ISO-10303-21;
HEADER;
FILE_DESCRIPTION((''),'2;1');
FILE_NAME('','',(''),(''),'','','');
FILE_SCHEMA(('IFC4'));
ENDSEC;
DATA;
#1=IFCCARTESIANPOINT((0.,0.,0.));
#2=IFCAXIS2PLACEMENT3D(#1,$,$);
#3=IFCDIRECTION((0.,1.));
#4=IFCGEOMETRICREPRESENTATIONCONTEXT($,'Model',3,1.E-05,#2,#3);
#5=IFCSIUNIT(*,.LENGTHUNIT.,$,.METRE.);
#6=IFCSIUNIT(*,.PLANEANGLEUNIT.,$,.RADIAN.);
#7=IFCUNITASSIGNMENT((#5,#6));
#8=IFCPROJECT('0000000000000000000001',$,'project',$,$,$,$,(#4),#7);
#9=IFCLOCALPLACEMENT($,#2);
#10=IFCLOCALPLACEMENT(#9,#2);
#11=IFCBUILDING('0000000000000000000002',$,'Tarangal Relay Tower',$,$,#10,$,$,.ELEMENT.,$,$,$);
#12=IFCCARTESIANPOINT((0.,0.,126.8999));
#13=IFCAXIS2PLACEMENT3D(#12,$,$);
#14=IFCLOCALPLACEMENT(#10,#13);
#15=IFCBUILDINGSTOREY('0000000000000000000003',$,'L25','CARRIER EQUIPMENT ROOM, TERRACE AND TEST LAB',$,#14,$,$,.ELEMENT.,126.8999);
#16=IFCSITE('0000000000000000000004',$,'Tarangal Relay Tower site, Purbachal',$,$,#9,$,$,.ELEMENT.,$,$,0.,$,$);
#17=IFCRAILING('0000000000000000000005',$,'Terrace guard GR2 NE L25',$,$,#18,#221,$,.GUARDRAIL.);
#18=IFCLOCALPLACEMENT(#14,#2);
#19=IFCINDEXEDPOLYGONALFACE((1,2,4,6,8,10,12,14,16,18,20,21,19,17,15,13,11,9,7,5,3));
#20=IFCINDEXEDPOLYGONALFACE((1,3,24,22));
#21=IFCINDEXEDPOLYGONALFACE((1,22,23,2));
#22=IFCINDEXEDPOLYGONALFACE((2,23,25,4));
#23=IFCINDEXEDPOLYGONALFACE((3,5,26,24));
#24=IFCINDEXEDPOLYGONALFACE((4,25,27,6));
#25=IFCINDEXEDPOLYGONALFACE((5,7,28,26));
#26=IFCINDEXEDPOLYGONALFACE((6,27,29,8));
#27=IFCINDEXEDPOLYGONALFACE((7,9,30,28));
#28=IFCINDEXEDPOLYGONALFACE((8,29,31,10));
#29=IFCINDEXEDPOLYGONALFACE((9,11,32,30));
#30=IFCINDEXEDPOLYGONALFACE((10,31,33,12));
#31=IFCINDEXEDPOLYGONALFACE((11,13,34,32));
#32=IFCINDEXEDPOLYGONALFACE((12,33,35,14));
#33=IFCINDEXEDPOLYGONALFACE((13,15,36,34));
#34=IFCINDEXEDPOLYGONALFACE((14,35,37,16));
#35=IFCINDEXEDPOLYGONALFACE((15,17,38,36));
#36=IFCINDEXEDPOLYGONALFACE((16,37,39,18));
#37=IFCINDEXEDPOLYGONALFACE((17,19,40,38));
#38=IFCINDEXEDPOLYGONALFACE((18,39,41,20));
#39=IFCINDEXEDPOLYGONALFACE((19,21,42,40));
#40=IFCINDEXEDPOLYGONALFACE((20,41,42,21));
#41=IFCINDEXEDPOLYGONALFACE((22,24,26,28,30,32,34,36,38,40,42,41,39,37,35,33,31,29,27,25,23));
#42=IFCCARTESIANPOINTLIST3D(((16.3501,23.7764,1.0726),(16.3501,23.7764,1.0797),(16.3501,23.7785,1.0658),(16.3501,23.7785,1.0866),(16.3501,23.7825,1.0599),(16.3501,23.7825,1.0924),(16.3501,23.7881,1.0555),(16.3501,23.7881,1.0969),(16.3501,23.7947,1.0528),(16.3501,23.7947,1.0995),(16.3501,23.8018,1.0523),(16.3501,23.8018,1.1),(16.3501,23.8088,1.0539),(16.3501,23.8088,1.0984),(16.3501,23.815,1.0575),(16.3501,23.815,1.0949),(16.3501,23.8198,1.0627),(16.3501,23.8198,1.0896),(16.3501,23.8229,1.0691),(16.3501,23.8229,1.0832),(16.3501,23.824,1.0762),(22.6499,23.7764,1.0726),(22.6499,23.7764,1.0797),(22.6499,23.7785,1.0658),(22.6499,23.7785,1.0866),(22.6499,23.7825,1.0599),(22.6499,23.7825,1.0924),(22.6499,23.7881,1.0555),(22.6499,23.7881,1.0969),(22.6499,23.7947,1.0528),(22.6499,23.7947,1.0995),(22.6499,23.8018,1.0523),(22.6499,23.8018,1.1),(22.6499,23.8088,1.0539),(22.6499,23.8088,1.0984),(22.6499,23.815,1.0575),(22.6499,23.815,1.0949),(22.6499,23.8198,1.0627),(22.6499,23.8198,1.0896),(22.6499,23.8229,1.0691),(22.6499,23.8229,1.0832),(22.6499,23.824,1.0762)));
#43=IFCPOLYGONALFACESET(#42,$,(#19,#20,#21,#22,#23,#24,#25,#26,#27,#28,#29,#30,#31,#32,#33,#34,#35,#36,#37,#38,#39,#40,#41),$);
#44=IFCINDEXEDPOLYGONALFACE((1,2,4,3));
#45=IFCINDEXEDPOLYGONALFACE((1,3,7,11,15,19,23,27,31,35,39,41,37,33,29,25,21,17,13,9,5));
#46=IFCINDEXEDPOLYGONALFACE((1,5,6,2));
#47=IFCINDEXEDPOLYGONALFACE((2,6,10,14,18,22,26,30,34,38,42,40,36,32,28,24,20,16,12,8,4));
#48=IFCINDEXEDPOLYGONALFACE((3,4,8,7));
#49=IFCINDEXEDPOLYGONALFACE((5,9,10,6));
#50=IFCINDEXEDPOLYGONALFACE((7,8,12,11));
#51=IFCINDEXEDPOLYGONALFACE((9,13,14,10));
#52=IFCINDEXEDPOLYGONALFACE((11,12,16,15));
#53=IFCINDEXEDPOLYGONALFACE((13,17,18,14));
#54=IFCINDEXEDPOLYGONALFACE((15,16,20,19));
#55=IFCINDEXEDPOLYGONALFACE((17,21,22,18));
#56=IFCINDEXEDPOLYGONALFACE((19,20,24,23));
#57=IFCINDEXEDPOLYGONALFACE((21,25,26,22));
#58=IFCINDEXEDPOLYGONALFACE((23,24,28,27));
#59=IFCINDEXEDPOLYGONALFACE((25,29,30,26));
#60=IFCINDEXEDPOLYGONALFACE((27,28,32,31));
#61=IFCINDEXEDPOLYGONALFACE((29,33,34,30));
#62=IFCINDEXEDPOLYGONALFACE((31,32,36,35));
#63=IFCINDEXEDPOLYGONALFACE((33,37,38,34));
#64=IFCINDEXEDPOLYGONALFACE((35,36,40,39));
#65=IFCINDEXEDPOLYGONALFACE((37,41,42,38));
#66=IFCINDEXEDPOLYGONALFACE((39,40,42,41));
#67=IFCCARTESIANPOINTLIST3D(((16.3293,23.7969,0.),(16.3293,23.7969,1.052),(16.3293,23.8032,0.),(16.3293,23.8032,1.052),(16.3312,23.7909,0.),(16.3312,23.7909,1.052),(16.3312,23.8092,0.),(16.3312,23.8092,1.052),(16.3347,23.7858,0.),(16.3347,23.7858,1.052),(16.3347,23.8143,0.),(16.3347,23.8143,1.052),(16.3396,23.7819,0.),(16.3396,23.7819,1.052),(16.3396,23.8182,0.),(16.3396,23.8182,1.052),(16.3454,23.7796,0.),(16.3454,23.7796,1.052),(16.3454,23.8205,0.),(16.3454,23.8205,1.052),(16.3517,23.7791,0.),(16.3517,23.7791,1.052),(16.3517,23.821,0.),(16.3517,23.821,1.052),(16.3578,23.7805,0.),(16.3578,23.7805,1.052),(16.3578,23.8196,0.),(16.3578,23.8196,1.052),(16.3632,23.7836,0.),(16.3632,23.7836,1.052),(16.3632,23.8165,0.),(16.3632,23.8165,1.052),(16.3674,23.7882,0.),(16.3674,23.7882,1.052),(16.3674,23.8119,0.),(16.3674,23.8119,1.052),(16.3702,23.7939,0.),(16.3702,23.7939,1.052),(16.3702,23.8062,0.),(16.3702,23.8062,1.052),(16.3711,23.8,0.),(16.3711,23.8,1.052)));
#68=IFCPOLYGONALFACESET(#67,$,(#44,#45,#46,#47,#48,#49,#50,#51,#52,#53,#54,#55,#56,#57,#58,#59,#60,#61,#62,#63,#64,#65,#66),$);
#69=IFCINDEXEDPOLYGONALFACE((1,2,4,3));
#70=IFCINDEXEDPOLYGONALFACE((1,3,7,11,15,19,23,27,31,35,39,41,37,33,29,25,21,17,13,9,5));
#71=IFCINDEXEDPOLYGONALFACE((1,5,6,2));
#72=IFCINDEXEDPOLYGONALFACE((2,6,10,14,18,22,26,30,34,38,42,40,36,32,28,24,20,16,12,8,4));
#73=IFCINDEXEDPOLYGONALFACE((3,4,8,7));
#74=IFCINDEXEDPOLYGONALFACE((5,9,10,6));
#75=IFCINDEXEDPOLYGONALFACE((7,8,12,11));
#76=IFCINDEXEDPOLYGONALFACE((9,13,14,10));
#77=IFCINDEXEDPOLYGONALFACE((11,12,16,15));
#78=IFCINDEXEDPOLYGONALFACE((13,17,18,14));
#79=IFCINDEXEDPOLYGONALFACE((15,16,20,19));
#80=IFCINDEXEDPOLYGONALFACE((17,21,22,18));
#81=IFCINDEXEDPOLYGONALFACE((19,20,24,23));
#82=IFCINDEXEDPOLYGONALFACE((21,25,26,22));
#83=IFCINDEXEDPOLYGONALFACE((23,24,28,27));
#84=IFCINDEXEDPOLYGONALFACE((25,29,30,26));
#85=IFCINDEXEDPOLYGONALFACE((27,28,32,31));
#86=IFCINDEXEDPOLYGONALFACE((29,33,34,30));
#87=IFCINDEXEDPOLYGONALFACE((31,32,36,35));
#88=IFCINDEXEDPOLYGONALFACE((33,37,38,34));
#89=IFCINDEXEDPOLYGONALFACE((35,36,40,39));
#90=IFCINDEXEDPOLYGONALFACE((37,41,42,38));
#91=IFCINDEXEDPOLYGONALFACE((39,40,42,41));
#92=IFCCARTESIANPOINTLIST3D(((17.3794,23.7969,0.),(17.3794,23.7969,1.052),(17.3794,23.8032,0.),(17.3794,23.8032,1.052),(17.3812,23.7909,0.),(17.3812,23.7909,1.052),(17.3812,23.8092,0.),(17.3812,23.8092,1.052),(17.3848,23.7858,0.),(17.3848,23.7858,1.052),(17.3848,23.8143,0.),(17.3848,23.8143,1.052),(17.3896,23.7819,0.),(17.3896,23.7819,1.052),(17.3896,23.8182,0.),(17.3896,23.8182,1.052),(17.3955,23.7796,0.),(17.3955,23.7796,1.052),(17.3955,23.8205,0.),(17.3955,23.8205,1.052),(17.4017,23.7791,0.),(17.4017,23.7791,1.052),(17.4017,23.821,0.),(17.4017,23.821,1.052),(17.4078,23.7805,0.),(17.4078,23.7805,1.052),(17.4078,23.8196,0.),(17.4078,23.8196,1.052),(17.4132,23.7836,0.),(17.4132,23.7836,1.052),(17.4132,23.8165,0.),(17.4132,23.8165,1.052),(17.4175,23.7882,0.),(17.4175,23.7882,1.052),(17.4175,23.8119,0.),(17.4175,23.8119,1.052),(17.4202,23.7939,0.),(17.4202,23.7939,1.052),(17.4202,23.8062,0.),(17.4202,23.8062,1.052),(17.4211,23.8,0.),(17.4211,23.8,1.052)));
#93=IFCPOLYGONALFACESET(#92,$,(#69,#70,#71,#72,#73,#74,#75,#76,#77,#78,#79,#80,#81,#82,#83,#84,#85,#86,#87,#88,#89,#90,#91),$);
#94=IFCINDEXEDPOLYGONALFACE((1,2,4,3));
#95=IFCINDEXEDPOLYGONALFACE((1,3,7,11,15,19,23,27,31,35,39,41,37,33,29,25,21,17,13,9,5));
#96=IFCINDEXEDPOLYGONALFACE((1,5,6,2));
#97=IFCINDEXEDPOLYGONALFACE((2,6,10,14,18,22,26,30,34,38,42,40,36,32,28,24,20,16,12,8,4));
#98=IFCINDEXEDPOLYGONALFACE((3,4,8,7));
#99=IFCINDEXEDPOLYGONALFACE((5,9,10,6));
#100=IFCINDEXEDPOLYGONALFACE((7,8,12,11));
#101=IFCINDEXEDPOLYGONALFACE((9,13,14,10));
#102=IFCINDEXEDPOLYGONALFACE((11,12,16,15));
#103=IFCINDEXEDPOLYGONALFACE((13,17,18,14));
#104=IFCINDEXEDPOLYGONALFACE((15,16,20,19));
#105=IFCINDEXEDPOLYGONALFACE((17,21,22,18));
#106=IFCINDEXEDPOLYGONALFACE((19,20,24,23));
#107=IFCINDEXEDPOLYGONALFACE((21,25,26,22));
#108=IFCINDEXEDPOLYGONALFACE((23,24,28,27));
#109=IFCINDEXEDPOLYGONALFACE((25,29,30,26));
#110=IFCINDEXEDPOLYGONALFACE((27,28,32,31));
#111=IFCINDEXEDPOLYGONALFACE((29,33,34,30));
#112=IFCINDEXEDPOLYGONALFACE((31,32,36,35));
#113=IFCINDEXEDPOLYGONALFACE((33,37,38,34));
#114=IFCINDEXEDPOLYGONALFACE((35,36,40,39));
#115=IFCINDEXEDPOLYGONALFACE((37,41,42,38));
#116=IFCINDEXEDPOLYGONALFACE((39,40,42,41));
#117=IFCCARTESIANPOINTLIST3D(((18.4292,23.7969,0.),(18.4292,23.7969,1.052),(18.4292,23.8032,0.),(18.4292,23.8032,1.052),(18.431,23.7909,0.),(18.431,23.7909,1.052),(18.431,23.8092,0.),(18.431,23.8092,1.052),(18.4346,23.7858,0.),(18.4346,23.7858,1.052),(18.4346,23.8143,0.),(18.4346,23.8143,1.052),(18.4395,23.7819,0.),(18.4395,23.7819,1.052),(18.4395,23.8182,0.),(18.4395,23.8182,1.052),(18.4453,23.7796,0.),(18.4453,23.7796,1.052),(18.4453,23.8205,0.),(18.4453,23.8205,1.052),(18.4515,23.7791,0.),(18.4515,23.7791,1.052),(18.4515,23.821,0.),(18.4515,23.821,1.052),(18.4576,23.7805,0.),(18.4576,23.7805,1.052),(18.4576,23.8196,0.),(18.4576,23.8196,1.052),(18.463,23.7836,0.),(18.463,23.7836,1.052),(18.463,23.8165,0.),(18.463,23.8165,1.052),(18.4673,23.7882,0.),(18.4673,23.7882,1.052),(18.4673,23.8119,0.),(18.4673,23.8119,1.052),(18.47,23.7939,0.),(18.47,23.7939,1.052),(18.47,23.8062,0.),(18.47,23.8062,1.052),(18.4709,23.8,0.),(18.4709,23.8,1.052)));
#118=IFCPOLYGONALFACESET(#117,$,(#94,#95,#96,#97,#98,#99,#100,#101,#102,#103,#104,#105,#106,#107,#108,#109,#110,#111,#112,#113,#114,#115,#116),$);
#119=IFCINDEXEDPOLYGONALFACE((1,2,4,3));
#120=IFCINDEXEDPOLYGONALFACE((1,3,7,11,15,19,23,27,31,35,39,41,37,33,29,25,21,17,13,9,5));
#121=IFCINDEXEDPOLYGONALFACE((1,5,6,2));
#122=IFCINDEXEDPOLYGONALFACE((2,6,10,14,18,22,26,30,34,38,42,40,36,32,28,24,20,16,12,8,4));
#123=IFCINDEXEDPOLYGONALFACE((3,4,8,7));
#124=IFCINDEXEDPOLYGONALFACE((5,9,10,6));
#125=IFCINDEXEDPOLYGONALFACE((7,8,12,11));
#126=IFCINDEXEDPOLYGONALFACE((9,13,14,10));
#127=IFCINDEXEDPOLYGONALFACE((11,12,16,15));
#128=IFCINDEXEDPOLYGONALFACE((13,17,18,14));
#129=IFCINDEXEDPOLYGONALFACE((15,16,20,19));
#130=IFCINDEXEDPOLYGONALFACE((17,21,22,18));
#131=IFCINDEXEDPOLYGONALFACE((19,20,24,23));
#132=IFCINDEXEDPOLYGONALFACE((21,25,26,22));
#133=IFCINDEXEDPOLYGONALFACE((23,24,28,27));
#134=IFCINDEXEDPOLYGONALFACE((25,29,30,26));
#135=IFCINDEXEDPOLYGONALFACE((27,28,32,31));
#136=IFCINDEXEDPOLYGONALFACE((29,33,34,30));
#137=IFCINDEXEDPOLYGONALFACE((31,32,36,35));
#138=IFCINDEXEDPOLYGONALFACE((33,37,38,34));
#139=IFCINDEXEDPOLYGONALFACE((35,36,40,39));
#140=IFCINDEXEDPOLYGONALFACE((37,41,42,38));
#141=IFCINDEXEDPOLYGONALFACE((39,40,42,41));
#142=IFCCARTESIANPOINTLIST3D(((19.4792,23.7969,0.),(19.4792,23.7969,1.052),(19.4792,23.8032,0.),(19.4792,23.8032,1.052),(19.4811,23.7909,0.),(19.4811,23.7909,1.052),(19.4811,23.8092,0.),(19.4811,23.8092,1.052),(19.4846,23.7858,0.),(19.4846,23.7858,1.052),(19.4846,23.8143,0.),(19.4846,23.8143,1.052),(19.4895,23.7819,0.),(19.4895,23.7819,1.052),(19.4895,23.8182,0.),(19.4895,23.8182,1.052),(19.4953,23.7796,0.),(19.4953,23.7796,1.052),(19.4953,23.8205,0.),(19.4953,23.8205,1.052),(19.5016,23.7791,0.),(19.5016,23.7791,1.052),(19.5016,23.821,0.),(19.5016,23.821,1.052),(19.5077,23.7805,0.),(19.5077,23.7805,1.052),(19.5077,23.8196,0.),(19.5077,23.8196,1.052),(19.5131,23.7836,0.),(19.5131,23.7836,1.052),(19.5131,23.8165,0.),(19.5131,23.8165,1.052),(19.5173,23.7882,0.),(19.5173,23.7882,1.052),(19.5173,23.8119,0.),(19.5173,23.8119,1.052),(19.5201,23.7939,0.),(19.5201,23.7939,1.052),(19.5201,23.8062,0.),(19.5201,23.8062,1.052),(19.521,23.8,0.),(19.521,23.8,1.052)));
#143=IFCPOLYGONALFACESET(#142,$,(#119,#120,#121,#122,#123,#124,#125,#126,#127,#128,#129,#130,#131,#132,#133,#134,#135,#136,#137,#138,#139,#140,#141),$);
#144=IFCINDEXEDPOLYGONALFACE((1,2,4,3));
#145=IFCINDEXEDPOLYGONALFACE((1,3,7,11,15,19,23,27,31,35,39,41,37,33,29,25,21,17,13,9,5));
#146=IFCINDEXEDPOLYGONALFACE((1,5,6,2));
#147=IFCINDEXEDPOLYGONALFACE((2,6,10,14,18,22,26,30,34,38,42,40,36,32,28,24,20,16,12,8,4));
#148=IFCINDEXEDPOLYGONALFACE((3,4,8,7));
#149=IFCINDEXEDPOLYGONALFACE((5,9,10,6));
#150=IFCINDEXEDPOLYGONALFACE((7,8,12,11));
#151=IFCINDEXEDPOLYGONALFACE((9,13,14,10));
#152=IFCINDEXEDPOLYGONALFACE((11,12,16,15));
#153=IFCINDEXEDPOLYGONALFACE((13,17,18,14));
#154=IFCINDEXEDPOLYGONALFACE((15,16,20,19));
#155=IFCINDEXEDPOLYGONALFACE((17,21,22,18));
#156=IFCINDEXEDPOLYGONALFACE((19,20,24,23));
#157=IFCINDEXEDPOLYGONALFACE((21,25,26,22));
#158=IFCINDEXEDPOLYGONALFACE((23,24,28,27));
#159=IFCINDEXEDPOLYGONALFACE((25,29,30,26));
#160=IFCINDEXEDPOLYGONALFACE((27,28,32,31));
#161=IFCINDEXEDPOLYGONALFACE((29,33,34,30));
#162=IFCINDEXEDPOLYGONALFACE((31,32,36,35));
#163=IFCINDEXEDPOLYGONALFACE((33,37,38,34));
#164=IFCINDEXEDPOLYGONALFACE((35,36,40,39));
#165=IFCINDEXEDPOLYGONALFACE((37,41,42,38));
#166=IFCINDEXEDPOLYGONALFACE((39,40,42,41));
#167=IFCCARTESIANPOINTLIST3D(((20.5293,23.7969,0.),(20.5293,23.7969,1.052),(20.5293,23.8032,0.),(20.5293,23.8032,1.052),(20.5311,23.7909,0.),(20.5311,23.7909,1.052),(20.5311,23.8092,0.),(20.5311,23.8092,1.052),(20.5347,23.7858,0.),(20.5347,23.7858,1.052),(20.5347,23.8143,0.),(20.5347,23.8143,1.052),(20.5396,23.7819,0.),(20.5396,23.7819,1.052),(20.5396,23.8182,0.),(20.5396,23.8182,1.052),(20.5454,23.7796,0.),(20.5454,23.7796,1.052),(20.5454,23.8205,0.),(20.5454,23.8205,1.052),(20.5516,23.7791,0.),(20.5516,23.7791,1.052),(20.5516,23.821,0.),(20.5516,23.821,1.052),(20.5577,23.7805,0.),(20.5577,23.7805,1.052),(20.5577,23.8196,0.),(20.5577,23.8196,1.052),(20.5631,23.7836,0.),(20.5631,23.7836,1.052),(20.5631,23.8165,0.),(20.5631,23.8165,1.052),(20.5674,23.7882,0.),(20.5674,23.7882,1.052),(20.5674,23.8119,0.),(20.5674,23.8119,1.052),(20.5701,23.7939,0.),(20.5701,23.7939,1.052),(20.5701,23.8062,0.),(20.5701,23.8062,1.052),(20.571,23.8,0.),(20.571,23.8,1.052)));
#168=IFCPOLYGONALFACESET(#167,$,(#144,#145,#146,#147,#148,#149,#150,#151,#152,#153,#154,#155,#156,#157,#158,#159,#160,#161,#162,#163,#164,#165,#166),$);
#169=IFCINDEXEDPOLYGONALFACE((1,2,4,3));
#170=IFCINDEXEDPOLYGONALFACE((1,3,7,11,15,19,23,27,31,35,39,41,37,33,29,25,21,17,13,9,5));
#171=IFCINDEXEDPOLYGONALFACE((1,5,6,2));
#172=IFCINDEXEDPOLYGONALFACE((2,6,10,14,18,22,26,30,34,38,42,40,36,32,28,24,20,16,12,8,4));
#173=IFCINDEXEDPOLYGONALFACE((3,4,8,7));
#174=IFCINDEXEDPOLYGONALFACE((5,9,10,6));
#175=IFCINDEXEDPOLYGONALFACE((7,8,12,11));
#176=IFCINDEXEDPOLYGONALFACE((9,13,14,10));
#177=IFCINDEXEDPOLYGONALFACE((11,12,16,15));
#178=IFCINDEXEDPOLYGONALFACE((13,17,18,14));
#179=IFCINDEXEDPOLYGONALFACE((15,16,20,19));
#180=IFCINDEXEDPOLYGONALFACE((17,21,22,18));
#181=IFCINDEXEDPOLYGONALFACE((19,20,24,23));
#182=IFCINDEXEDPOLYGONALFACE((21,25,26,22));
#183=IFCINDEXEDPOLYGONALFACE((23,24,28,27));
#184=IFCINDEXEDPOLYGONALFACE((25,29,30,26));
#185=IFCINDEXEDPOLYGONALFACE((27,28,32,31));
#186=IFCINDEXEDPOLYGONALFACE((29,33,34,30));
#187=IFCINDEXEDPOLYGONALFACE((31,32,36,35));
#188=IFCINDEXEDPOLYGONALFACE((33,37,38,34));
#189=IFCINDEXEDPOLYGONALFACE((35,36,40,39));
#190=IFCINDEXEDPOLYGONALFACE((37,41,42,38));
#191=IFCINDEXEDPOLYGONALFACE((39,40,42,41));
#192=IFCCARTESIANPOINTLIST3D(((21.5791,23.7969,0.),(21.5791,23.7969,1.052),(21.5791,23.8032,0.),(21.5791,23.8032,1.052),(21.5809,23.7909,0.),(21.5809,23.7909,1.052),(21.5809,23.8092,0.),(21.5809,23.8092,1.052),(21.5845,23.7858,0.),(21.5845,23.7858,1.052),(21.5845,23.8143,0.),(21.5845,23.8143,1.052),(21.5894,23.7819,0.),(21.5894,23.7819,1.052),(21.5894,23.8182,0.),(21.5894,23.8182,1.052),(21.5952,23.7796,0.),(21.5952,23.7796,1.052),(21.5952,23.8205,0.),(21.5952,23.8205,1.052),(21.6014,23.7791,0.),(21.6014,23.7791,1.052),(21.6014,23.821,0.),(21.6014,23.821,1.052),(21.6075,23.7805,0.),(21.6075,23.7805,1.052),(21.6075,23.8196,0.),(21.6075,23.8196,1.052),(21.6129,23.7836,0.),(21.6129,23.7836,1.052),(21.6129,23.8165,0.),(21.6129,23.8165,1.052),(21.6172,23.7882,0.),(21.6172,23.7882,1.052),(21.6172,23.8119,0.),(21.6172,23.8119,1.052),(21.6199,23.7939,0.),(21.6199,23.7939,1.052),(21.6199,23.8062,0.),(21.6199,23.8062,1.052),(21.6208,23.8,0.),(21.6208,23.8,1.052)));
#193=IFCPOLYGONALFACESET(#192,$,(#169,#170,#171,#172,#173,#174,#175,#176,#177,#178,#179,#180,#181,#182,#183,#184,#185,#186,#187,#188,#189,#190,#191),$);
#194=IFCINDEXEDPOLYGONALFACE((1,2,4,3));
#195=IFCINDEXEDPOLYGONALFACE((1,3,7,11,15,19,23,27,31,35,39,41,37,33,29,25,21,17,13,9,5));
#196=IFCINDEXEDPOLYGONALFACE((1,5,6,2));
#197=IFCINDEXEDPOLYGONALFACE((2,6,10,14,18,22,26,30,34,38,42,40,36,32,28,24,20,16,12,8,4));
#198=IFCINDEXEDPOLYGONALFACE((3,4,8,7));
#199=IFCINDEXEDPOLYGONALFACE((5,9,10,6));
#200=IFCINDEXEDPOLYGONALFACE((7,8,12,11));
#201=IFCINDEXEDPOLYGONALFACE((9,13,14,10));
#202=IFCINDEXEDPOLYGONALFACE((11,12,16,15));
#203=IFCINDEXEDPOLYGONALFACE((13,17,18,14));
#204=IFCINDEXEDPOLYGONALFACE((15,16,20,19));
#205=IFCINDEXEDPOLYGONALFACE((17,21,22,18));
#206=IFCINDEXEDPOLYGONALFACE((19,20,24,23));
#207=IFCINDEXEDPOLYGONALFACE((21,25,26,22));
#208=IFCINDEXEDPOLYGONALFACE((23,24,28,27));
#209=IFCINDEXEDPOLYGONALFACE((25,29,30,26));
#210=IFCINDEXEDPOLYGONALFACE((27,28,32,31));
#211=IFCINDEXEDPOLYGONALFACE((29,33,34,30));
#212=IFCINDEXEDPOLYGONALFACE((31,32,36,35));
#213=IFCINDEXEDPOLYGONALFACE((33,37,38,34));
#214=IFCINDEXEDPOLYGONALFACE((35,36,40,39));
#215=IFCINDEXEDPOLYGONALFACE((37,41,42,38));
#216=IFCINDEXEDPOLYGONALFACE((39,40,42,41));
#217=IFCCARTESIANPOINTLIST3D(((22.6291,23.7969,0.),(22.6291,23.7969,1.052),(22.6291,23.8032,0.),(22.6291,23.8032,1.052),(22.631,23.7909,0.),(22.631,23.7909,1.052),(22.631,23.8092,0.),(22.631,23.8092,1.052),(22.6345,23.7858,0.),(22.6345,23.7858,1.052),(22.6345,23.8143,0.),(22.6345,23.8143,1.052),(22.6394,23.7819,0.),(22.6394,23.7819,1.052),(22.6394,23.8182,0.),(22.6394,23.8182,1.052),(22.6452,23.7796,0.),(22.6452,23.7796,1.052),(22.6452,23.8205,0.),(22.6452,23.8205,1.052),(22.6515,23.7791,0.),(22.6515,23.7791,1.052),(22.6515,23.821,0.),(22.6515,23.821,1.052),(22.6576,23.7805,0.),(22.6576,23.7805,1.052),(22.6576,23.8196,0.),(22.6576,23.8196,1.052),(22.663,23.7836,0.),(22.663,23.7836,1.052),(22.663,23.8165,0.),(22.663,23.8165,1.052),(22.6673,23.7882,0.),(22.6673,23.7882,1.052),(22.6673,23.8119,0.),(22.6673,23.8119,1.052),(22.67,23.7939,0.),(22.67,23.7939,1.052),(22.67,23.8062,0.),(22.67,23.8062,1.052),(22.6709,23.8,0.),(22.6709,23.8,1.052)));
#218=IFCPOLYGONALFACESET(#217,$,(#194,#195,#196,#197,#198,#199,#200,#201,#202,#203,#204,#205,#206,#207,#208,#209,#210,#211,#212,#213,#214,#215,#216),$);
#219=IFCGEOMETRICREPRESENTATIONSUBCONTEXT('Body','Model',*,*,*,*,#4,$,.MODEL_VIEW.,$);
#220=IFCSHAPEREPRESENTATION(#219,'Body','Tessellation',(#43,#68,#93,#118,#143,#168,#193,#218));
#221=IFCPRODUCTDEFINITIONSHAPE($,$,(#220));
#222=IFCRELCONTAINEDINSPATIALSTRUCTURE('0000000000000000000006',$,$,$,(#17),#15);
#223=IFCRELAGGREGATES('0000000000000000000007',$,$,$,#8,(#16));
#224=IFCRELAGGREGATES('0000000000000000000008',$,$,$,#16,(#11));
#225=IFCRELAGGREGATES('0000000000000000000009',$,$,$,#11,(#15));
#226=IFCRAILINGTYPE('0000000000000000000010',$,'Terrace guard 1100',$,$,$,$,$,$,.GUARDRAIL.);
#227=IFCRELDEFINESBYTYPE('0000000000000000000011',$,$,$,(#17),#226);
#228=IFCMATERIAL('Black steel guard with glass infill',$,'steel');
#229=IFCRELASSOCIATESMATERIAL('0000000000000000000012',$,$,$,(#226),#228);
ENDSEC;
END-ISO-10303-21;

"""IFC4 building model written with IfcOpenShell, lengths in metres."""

from ifc_helpers import new_model, si_unit, direction, frame, origin, origin_2d, place, context, subcontext, project, spatial, circle, extrude, material, type_object, element, save


model = new_model("IFC4")

# Units and contexts
model_context = context("Model", 3, precision=1e-05, world=origin(), true_north=direction((0.0, 1.0)))
body_context = subcontext(model_context, "Body", "Model", "MODEL_VIEW")
ifc_project = project(units=[si_unit("LENGTHUNIT", "METRE"), si_unit("PLANEANGLEUNIT", "RADIAN")], contexts=[model_context])

# Site, building, storey
site_placement = place(None, origin())
site = spatial("IfcSite", under=ifc_project, at=site_placement, Name="Tarangal Relay Tower site, Purbachal", CompositionType="ELEMENT", RefElevation=0.0)
building_placement = place(site_placement, origin())
building = spatial("IfcBuilding", under=site, at=building_placement, Name="Tarangal Relay Tower", CompositionType="ELEMENT")
storey_placement = place(building_placement, frame((0.0, 0.0, 126.8999)))
storey = spatial("IfcBuildingStorey", under=building, at=storey_placement, Name="L25", Description="CARRIER EQUIPMENT ROOM, TERRACE AND TEST LAB", CompositionType="ELEMENT", Elevation=126.8999)

# Railing
ifc_material_1 = material(Name="Black steel guard with glass infill", Category="steel")
railing_type = type_object("IfcRailingType", Name="Terrace guard 1100", PredefinedType="GUARDRAIL", material=ifc_material_1)
railing_1_placement = place(storey_placement, frame((16.3501, 23.8, 0.0)))
element("IfcRailing", 1, at=railing_1_placement, inside=storey, type_object=railing_type, Name="Terrace guard GR2 NE L25", PredefinedType="GUARDRAIL", context=body_context, shape_type="SweptSolid", body=[
    extrude(circle(Radius=0.0239, at=origin_2d()), frame((0.0, 0.0, 1.0762), z_axis=(1.0, 0.0, 0.0), x_axis=(0.0, 1.0, 0.0)), (0.0, 0.0, 1.0), 6.2998),
    extrude(circle(Radius=0.021, at=origin_2d()), origin(), (0.0, 0.0, 1.0), 1.052),
    extrude(circle(Radius=0.021, at=origin_2d()), frame((1.05, 0.0, 0.0)), (0.0, 0.0, 1.0), 1.052),
    extrude(circle(Radius=0.021, at=origin_2d()), frame((2.0999, 0.0, 0.0)), (0.0, 0.0, 1.0), 1.052),
    extrude(circle(Radius=0.021, at=origin_2d()), frame((3.1499, 0.0, 0.0)), (0.0, 0.0, 1.0), 1.052),
    extrude(circle(Radius=0.021, at=origin_2d()), frame((4.2, 0.0, 0.0)), (0.0, 0.0, 1.0), 1.052),
    extrude(circle(Radius=0.021, at=origin_2d()), frame((5.2498, 0.0, 0.0)), (0.0, 0.0, 1.0), 1.052),
    extrude(circle(Radius=0.021, at=origin_2d()), frame((6.2998, 0.0, 0.0)), (0.0, 0.0, 1.0), 1.052),
])

save(model, "model.ifc")
